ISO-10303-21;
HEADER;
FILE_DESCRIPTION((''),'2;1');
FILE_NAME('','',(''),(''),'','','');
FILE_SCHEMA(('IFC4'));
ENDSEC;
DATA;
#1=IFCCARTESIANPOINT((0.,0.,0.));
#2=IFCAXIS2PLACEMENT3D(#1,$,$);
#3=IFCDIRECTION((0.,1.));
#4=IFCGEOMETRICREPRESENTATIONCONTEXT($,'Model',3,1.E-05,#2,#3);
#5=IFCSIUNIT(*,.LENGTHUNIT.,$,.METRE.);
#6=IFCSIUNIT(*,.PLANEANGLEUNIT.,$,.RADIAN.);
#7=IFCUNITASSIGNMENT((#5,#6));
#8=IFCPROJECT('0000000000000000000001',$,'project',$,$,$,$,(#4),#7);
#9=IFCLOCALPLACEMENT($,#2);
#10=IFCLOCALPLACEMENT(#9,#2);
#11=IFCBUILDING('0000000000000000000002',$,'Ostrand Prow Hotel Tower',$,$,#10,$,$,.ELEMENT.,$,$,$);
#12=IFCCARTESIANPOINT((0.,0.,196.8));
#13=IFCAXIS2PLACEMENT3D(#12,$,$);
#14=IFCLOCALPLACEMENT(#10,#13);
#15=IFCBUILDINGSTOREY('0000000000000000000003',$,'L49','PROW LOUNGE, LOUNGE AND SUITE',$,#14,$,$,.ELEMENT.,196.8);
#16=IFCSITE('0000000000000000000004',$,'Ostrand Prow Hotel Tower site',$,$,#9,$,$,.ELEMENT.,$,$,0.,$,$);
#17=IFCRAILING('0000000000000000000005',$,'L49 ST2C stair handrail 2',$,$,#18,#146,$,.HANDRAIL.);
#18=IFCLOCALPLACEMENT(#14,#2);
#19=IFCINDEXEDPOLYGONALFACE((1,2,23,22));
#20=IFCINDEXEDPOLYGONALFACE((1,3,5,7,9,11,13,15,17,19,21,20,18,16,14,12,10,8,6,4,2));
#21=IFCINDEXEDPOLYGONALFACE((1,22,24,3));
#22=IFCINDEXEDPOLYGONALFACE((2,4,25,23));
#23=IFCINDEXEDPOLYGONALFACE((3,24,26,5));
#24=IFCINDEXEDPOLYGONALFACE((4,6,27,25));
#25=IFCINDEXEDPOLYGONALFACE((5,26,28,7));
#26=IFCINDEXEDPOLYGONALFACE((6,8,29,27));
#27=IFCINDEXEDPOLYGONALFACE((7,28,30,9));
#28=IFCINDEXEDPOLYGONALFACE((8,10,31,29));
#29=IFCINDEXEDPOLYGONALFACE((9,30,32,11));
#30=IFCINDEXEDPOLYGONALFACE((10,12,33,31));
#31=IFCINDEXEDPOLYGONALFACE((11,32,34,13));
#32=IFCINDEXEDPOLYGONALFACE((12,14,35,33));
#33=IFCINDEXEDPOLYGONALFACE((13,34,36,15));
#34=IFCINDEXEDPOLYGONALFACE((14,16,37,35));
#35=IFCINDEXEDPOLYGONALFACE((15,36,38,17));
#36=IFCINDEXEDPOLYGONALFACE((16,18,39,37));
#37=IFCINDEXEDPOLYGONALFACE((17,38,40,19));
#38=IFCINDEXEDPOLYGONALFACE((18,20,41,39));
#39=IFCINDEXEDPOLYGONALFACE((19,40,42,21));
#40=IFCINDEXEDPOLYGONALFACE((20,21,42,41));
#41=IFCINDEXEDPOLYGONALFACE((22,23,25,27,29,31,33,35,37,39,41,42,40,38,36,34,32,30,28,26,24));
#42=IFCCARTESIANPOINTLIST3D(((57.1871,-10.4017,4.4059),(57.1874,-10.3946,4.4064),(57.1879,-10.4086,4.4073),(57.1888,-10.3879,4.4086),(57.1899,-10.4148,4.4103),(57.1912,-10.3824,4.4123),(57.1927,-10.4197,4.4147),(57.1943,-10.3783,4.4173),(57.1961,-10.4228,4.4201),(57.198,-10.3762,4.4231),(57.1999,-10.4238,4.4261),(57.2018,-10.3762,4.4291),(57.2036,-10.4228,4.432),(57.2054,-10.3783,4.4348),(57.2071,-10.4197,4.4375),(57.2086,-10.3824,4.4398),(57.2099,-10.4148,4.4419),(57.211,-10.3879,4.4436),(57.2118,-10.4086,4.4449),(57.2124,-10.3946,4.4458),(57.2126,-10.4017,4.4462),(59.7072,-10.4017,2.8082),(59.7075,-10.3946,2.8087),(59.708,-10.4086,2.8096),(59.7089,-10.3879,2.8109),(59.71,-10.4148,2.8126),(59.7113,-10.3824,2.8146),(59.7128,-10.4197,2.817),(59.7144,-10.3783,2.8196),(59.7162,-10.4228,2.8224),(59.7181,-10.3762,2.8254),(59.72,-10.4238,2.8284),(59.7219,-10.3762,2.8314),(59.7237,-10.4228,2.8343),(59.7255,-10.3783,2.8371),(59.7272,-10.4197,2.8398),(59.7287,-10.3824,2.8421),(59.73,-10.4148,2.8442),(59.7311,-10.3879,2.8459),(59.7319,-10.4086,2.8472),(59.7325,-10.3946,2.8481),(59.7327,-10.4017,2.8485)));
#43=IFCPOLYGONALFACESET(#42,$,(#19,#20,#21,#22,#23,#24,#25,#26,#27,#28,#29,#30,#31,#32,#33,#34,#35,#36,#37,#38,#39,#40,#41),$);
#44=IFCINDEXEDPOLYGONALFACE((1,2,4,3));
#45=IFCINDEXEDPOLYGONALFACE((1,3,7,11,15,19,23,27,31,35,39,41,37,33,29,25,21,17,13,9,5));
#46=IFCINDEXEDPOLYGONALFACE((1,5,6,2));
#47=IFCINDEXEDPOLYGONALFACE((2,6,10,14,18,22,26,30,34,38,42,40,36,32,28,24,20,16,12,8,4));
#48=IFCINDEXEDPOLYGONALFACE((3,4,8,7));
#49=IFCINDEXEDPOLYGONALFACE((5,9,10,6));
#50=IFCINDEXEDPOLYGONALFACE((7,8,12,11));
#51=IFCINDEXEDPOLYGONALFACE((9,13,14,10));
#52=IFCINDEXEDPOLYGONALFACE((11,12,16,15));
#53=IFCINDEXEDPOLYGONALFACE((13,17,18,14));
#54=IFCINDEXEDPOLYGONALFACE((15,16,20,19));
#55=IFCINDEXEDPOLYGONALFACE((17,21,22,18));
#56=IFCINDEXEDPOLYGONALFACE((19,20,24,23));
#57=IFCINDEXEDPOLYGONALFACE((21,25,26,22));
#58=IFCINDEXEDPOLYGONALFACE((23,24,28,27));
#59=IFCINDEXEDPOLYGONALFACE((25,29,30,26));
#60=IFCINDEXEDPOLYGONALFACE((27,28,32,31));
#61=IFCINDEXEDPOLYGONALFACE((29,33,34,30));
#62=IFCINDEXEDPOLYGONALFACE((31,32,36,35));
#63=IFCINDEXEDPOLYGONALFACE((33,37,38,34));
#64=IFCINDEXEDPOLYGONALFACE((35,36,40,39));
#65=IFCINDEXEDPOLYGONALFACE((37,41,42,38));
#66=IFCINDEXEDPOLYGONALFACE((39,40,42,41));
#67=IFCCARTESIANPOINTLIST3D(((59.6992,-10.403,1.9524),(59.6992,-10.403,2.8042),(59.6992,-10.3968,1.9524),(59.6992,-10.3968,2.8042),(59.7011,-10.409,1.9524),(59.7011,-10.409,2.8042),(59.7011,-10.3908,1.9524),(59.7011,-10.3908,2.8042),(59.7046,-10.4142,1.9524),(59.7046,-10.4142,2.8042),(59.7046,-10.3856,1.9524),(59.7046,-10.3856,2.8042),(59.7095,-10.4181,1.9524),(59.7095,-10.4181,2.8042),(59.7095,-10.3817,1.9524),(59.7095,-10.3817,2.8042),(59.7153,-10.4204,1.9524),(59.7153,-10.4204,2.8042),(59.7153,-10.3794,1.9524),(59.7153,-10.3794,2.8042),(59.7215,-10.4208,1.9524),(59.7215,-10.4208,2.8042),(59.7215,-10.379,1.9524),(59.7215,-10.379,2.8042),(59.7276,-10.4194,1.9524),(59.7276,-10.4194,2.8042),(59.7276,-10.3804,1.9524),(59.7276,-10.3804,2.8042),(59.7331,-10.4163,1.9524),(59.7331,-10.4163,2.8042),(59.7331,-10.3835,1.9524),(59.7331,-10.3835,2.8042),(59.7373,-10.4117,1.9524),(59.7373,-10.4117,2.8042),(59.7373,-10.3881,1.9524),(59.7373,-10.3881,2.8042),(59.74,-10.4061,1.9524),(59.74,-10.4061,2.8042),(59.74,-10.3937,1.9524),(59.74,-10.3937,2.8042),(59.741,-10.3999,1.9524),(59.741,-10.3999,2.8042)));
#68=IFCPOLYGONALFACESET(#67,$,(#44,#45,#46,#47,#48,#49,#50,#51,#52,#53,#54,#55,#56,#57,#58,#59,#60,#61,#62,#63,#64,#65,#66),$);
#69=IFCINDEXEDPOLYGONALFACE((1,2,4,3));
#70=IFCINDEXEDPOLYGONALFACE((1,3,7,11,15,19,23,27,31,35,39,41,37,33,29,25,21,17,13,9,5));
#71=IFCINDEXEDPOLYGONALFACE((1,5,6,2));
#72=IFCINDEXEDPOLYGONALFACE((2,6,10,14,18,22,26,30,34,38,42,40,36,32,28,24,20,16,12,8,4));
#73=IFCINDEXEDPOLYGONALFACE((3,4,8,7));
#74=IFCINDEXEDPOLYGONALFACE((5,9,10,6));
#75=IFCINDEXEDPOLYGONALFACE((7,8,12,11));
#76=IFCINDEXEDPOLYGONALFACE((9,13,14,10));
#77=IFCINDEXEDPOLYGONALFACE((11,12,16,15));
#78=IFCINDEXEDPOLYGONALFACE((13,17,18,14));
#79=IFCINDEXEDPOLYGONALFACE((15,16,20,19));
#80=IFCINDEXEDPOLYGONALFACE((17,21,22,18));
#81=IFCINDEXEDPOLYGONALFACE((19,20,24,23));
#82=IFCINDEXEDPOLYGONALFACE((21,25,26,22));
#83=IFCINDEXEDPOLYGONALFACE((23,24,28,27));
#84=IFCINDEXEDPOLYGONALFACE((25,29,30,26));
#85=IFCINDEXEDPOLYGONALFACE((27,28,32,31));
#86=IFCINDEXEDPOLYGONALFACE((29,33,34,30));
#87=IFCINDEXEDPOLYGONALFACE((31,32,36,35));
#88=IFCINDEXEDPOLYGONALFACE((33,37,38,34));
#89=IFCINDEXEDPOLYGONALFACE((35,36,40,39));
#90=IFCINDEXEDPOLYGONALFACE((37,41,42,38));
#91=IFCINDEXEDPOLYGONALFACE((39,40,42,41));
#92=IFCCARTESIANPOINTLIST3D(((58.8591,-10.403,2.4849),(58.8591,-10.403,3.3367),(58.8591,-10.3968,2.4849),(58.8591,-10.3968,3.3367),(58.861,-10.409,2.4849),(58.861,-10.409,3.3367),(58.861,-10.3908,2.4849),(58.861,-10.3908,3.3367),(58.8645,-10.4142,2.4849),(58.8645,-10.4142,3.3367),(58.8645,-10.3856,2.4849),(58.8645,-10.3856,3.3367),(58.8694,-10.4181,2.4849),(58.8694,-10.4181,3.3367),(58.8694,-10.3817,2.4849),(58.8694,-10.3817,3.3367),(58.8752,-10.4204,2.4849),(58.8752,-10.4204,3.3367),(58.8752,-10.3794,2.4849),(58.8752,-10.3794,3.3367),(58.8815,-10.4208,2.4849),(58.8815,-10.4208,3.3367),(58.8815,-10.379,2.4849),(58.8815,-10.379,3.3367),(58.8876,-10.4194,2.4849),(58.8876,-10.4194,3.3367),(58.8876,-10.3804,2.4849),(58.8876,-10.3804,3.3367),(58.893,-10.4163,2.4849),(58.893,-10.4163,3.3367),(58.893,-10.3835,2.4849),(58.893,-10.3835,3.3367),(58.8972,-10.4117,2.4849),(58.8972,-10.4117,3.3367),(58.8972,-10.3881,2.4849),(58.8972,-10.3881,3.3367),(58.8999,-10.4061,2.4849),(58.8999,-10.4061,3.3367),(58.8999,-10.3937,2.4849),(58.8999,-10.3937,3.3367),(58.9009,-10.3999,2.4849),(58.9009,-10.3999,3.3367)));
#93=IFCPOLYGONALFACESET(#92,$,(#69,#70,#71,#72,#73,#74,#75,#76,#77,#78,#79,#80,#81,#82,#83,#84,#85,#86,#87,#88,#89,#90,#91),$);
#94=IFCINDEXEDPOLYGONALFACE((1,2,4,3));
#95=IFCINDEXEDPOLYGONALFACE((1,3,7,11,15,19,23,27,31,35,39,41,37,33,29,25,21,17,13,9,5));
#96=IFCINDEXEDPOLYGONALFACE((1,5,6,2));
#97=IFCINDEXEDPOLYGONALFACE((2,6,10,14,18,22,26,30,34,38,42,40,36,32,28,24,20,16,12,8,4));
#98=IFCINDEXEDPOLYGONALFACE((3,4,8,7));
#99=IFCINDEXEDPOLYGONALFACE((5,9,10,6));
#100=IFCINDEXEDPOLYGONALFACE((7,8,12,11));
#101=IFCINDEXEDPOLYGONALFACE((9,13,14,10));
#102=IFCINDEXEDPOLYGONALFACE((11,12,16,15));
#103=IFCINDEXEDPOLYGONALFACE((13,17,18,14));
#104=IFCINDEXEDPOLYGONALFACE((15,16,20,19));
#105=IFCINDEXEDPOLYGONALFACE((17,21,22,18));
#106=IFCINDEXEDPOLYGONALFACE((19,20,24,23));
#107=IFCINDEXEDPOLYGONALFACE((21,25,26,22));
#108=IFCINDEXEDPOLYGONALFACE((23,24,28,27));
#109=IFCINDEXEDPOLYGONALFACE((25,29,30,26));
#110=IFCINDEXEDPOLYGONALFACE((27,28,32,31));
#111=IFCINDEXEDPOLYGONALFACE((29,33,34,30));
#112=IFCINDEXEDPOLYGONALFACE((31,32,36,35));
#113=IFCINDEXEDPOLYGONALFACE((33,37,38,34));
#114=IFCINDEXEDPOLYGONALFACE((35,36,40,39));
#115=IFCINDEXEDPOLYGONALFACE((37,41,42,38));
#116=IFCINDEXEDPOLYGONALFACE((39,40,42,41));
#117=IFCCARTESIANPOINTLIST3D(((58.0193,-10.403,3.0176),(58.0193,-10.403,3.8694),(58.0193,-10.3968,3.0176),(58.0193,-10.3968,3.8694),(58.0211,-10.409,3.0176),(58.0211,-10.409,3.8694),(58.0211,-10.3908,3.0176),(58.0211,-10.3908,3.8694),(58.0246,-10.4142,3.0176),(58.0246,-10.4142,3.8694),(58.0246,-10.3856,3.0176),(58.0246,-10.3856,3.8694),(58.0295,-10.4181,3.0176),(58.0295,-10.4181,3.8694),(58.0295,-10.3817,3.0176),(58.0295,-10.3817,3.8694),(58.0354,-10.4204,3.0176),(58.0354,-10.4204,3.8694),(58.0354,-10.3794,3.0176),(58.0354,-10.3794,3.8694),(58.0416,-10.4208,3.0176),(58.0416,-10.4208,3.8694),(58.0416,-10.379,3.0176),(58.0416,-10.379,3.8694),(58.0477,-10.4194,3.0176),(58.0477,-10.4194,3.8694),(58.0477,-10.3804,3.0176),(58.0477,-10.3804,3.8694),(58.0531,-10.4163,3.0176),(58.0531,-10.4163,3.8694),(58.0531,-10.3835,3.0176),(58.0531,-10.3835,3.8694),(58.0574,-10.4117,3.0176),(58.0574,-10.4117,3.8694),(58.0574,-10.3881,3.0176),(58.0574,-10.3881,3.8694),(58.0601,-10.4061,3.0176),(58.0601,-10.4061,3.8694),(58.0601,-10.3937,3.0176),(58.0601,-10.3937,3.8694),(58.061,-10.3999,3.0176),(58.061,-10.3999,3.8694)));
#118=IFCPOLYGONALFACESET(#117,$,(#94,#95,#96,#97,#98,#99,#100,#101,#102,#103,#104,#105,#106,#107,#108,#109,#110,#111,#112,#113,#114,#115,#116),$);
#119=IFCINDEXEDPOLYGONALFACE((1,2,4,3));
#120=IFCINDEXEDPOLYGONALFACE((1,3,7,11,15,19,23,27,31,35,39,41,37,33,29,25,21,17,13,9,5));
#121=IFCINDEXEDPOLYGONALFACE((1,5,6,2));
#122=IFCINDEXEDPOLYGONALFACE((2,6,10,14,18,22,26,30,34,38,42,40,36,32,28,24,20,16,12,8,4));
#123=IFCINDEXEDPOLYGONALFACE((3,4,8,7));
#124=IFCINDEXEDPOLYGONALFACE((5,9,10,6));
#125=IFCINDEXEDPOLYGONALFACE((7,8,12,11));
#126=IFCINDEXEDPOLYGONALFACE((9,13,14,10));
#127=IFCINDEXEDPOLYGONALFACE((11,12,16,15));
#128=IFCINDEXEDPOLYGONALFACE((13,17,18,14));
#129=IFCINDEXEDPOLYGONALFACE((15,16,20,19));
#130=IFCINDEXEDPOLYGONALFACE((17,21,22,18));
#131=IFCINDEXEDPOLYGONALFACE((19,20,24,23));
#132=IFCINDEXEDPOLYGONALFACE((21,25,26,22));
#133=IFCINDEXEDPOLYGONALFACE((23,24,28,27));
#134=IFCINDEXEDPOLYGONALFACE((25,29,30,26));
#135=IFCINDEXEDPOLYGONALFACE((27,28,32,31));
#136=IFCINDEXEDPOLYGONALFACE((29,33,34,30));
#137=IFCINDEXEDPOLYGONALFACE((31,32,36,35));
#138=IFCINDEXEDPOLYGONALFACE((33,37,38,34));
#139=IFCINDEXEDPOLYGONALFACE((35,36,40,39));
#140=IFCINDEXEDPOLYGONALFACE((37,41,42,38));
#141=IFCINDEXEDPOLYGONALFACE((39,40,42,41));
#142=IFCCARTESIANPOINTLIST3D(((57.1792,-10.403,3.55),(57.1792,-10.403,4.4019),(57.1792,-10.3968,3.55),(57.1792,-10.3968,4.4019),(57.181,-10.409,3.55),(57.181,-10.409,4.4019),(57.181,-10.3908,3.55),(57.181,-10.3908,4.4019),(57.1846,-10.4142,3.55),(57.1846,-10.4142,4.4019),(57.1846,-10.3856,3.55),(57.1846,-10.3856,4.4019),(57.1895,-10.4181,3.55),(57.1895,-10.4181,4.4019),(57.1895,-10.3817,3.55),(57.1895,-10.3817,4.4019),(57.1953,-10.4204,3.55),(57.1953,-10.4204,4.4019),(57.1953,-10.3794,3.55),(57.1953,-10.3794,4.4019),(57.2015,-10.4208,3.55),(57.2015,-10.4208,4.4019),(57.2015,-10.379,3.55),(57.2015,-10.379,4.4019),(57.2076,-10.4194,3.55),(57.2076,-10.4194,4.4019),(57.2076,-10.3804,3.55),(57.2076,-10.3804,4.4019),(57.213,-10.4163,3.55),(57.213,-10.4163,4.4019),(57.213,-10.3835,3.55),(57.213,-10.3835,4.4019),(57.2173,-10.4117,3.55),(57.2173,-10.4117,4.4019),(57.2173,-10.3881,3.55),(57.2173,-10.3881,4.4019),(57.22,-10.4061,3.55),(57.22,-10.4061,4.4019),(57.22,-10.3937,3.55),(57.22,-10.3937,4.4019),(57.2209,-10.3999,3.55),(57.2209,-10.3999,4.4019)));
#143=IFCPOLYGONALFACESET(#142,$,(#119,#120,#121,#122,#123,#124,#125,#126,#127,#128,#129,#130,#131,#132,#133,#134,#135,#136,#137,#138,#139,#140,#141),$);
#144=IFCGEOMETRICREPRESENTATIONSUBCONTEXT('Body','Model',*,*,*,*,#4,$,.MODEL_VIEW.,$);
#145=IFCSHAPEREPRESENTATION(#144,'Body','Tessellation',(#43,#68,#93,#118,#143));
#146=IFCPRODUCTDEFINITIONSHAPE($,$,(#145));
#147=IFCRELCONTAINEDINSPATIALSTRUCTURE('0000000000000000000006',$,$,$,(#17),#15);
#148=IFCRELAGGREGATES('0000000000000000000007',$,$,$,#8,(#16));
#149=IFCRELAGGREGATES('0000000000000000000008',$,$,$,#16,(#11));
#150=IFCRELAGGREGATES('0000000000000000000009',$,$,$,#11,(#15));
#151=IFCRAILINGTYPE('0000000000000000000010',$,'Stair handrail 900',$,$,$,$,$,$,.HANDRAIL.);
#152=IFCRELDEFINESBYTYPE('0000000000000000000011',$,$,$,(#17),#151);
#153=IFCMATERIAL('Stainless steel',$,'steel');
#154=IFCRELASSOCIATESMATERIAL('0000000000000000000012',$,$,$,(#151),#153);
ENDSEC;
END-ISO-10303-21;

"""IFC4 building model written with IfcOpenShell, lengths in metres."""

from ifc_helpers import new_model, si_unit, direction, frame, origin, origin_2d, place, context, subcontext, project, spatial, circle, extrude, material, type_object, element, save


model = new_model("IFC4")

# Units and contexts
model_context = context("Model", 3, precision=1e-05, world=origin(), true_north=direction((0.0, 1.0)))
body_context = subcontext(model_context, "Body", "Model", "MODEL_VIEW")
ifc_project = project(units=[si_unit("LENGTHUNIT", "METRE"), si_unit("PLANEANGLEUNIT", "RADIAN")], contexts=[model_context])

# Site, building, storey
site_placement = place(None, origin())
site = spatial("IfcSite", under=ifc_project, at=site_placement, Name="Ostrand Prow Hotel Tower site", CompositionType="ELEMENT", RefElevation=0.0)
building_placement = place(site_placement, origin())
building = spatial("IfcBuilding", under=site, at=building_placement, Name="Ostrand Prow Hotel Tower", CompositionType="ELEMENT")
storey_placement = place(building_placement, frame((0.0, 0.0, 196.8)))
storey = spatial("IfcBuildingStorey", under=building, at=storey_placement, Name="L49", Description="PROW LOUNGE, LOUNGE AND SUITE", CompositionType="ELEMENT", Elevation=196.8)

# Railing
ifc_material_1 = material(Name="Stainless steel", Category="steel")
railing_type_1 = type_object("IfcRailingType", Name="Stair handrail 900", PredefinedType="HANDRAIL", material=ifc_material_1)
railing_1_placement = place(storey_placement, frame((59.72, -10.3999, 1.9524)))
element("IfcRailing", 1, at=railing_1_placement, inside=storey, type_object=railing_type_1, Name="L49 ST2C stair handrail 2", PredefinedType="HANDRAIL", context=body_context, shape_type="SweptSolid", body=[
    extrude(circle(Radius=0.0239, at=origin_2d()), frame((0.0, 0.0, 0.876), z_axis=(-0.84457, 0.0, 0.535445), x_axis=(0.0, -1.0, 0.0)), (0.0, 0.0, 1.0), 2.9839),
    extrude(circle(Radius=0.021, at=origin_2d()), origin(), (0.0, 0.0, 1.0), 0.8518),
    extrude(circle(Radius=0.021, at=origin_2d()), frame((-0.8401, 0.0, 0.5325)), (0.0, 0.0, 1.0), 0.8518),
    extrude(circle(Radius=0.021, at=origin_2d()), frame((-1.6799, 0.0, 1.0652)), (0.0, 0.0, 1.0), 0.8518),
    extrude(circle(Radius=0.021, at=origin_2d()), frame((-2.52, 0.0, 1.5977)), (0.0, 0.0, 1.0), 0.8518),
])

save(model, "model.ifc")
